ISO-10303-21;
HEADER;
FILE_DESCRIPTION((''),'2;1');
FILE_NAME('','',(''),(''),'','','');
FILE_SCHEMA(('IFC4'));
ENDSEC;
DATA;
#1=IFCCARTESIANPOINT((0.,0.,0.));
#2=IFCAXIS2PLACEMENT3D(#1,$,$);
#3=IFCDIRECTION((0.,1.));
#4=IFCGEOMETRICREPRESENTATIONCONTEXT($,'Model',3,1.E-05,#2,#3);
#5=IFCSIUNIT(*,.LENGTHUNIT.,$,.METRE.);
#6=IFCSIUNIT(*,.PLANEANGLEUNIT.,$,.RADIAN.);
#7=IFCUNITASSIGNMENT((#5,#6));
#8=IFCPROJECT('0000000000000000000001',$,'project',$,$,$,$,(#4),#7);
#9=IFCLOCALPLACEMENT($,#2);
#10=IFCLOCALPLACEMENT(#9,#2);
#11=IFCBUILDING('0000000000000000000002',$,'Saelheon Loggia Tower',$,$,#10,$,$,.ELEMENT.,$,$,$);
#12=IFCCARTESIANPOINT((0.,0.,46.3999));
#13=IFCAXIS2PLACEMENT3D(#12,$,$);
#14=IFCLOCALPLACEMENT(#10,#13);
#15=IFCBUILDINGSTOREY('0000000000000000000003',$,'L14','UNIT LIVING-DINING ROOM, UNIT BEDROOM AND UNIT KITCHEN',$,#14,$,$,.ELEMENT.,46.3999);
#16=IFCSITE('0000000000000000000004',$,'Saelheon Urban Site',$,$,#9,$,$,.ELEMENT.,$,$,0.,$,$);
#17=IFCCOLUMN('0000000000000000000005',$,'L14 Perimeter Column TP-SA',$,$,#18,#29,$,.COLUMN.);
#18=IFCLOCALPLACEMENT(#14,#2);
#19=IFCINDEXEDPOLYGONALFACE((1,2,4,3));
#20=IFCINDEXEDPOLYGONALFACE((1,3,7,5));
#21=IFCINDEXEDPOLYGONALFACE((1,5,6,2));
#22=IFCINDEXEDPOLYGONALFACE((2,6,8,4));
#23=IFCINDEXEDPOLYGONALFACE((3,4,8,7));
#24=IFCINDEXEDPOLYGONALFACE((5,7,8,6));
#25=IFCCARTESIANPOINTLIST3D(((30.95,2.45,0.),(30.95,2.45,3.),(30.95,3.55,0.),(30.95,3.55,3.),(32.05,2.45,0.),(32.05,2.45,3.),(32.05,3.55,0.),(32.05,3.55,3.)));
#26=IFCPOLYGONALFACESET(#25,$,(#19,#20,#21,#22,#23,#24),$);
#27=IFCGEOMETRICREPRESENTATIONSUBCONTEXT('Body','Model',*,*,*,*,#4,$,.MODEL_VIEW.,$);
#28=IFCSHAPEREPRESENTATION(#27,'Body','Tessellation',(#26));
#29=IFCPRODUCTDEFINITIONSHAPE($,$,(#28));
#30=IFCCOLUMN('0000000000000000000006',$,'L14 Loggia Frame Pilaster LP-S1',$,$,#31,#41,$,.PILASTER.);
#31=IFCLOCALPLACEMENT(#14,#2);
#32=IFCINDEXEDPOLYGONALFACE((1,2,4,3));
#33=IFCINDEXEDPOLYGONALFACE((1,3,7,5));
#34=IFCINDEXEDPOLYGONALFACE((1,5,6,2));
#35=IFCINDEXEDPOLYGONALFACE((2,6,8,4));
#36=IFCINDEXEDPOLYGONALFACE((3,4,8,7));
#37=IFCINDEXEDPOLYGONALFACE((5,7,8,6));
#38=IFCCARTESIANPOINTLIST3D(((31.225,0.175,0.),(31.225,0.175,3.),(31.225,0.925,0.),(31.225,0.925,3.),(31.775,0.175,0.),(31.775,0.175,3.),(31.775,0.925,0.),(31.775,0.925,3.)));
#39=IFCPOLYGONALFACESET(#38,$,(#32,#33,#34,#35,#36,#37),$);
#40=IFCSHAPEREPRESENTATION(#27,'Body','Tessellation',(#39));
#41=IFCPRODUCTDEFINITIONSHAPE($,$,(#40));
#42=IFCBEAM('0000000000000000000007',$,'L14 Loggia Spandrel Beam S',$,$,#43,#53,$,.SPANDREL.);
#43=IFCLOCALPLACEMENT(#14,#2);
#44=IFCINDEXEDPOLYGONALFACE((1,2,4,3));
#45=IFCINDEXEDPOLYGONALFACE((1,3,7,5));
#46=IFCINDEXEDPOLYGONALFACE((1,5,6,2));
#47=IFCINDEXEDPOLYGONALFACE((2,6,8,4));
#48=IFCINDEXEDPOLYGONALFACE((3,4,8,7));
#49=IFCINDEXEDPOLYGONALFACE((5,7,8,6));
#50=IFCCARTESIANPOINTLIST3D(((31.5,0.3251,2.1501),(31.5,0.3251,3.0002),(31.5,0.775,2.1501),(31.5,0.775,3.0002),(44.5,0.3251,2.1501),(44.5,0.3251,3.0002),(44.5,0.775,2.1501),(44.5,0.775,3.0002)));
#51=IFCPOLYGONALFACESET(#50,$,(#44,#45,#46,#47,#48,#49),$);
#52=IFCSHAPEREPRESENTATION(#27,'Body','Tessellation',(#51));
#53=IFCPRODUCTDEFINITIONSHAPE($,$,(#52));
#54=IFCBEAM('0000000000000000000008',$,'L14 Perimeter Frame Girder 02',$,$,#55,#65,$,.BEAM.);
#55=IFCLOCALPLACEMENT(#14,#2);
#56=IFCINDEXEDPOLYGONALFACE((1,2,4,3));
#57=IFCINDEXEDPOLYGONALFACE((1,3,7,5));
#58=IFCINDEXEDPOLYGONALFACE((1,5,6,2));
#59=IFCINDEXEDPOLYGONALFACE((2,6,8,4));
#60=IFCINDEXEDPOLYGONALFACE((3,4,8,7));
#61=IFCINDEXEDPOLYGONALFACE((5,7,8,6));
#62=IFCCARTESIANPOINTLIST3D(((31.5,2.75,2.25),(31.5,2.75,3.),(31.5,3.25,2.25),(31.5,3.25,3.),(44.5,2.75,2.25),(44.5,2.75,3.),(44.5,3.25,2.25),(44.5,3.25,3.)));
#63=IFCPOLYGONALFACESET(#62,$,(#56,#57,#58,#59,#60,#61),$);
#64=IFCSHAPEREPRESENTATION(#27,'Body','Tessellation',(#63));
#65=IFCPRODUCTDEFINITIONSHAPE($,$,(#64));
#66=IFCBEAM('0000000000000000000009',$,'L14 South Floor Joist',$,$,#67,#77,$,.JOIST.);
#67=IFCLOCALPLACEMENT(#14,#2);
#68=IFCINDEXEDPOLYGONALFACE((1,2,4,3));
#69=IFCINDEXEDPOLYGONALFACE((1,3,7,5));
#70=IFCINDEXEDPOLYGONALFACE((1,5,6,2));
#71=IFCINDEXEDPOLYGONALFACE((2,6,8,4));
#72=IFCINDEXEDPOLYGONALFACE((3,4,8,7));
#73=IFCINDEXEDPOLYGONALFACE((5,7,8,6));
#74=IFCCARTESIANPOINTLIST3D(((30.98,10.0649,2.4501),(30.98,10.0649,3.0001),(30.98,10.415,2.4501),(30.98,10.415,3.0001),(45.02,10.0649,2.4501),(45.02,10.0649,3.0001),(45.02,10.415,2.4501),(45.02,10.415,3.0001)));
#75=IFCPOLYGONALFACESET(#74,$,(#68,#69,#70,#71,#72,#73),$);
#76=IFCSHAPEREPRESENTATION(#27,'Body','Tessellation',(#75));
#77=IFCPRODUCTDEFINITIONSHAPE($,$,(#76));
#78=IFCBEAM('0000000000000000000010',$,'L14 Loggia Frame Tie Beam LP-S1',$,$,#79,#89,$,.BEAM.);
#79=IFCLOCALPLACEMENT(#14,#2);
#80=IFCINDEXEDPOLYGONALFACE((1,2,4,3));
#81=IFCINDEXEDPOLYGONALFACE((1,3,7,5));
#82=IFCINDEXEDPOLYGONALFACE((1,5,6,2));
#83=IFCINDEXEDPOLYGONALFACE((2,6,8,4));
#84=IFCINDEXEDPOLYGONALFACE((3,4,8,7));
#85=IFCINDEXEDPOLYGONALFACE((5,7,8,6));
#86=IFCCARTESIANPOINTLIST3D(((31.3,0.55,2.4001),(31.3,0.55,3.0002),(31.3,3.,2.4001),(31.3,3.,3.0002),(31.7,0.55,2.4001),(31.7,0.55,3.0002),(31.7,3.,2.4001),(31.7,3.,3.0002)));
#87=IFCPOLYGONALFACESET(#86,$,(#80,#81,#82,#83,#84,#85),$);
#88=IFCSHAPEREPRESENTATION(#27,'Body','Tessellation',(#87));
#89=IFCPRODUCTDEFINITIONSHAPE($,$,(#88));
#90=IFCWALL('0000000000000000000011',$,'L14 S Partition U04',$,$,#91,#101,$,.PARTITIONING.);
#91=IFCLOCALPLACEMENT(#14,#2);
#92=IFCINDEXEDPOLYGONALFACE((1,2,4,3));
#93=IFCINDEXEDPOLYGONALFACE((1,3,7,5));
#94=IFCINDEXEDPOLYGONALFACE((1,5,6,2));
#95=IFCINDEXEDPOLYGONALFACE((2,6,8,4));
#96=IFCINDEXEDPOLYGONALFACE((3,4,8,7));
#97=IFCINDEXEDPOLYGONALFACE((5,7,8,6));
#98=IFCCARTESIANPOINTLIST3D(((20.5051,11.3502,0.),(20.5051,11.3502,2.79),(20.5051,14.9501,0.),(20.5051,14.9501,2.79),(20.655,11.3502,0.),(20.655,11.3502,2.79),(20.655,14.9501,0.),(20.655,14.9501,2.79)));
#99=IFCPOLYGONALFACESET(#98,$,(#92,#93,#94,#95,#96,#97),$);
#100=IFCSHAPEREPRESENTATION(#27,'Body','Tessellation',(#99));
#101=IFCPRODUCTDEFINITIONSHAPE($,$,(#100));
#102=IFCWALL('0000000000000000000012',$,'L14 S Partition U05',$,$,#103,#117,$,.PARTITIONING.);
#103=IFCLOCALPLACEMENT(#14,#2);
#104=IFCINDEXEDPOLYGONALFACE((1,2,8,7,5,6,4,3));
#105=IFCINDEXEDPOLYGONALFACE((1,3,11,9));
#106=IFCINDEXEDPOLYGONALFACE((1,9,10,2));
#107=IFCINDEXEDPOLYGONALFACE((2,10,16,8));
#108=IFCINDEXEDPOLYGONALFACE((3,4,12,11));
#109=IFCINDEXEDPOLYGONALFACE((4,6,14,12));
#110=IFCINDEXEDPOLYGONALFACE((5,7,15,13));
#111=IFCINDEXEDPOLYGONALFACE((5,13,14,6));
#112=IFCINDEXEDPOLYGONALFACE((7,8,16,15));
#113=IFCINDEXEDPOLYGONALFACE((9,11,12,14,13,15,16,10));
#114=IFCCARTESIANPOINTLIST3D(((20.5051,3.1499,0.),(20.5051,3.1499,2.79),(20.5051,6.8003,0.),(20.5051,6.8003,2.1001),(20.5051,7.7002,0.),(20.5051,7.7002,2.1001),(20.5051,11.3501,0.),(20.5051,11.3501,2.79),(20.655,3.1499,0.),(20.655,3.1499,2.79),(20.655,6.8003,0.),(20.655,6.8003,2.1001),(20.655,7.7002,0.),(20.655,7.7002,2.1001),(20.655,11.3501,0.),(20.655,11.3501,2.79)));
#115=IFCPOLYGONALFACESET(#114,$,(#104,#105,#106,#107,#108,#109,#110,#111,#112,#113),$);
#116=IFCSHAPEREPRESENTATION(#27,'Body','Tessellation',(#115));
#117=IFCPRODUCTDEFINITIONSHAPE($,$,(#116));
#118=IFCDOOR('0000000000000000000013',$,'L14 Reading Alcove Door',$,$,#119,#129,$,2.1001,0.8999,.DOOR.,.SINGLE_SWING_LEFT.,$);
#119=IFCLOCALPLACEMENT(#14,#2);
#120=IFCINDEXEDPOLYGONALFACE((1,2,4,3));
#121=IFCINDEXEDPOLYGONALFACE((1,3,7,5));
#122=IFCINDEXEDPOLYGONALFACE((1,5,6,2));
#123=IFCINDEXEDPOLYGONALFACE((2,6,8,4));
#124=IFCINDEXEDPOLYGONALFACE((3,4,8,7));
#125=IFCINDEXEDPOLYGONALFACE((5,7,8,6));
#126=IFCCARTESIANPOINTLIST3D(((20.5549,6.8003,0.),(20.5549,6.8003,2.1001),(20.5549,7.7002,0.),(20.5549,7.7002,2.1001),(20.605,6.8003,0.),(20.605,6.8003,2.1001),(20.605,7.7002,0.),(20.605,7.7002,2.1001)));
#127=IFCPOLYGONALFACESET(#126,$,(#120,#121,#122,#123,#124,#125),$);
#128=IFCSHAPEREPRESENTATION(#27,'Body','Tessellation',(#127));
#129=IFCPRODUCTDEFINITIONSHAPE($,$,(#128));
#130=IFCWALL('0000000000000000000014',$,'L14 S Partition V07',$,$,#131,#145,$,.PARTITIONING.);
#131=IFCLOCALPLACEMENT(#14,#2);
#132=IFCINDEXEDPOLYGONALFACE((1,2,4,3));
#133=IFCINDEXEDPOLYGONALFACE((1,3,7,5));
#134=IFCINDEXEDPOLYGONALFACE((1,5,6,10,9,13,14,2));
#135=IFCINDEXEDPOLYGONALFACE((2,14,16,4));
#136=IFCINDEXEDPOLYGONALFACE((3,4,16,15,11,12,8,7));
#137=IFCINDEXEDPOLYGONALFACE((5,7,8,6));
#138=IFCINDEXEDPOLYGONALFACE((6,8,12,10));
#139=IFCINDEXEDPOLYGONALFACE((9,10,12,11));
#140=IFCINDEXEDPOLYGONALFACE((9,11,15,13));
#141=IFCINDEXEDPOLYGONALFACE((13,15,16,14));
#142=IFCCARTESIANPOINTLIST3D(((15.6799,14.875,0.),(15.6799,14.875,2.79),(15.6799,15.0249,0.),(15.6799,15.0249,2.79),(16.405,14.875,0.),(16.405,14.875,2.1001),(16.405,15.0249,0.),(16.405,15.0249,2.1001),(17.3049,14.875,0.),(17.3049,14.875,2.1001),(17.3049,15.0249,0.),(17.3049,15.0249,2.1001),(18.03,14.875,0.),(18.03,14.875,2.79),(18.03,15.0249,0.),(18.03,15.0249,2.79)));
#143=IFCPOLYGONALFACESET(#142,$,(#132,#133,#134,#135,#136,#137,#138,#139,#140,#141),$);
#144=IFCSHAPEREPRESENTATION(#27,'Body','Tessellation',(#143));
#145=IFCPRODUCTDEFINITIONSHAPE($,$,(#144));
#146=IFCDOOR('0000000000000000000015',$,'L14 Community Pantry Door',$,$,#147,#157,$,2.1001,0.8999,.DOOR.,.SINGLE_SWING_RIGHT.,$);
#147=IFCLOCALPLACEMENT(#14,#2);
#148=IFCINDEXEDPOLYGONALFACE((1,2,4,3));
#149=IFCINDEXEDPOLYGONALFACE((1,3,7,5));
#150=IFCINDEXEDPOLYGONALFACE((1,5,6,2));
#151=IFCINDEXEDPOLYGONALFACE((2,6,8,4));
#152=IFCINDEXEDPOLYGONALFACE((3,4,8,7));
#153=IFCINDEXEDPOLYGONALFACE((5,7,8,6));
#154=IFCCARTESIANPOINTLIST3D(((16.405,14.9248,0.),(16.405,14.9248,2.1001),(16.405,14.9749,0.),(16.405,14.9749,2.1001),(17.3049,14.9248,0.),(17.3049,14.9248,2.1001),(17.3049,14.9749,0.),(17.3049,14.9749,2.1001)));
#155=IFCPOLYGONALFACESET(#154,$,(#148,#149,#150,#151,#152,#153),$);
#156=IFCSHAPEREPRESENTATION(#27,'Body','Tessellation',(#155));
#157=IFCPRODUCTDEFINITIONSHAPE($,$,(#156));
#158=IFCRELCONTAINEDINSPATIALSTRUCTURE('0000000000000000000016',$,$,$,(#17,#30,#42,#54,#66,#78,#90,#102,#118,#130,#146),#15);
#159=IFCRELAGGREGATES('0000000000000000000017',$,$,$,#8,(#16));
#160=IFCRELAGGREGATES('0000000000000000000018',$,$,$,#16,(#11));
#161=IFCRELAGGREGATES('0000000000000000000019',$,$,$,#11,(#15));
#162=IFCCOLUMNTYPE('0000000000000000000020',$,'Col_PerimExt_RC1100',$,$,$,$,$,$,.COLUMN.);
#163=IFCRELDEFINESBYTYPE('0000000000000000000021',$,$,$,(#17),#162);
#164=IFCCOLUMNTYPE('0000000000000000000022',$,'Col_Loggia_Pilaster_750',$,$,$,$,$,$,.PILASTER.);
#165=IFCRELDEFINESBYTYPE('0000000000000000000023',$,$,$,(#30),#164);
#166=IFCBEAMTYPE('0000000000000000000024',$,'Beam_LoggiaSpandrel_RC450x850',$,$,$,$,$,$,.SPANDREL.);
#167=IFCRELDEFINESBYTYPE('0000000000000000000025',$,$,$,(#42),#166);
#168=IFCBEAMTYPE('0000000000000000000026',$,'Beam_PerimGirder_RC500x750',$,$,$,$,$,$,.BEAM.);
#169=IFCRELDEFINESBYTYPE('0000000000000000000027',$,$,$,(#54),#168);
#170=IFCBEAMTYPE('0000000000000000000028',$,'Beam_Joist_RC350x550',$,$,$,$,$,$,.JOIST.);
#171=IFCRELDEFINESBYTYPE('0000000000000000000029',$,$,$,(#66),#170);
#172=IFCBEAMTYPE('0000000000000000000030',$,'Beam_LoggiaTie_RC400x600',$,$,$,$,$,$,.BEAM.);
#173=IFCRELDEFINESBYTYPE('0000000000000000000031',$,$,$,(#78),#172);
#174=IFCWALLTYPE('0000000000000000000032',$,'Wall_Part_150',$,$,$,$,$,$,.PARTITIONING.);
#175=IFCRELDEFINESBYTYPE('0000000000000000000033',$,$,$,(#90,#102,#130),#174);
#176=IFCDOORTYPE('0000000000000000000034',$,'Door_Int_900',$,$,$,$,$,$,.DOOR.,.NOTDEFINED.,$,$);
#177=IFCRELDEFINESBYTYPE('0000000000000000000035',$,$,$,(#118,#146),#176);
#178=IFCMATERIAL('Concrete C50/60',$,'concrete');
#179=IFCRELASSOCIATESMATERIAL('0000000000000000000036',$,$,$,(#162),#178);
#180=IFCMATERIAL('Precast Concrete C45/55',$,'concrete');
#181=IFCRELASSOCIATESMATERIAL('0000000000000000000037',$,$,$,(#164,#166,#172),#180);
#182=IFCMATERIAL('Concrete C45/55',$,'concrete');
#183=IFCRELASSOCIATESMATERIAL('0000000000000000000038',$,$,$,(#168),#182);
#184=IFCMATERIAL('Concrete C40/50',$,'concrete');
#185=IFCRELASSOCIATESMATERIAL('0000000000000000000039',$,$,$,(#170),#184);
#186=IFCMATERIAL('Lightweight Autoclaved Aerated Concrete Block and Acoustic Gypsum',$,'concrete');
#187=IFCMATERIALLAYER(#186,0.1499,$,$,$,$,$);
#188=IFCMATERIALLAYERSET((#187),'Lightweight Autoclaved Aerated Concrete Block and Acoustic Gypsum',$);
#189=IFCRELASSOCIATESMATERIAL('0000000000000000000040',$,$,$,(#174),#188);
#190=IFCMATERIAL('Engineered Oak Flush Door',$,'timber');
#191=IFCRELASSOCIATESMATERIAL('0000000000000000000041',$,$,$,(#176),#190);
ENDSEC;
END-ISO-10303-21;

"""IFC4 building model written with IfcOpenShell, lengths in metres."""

from ifc_helpers import new_model, si_unit, direction, frame, frame_2d, origin, origin_2d, place, context, subcontext, project, spatial, rectangle, extrude, source, transform, mapped, material, layer, layer_set, material_profile, profile_set, type_object, element, fill, save


model = new_model("IFC4")

# Units and contexts
model_context = context("Model", 3, precision=1e-05, world=origin(), true_north=direction((0.0, 1.0)))
body_context = subcontext(model_context, "Body", "Model", "MODEL_VIEW")
ifc_project = project(units=[si_unit("LENGTHUNIT", "METRE"), si_unit("PLANEANGLEUNIT", "RADIAN")], contexts=[model_context])

# Site, building, storey
site_placement = place(None, origin())
site = spatial("IfcSite", under=ifc_project, at=site_placement, Name="Saelheon Urban Site", CompositionType="ELEMENT", RefElevation=0.0)
building_placement = place(site_placement, origin())
building = spatial("IfcBuilding", under=site, at=building_placement, Name="Saelheon Loggia Tower", CompositionType="ELEMENT")
storey_placement = place(building_placement, frame((0.0, 0.0, 46.3999)))
storey = spatial("IfcBuildingStorey", under=building, at=storey_placement, Name="L14", Description="UNIT LIVING-DINING ROOM, UNIT BEDROOM AND UNIT KITCHEN", CompositionType="ELEMENT", Elevation=46.3999)

# Columns
ifc_material_1 = material(Name="Concrete C50/60", Category="concrete")
ifc_material_profile_1 = material_profile(ifc_material_1, rectangle(XDim=1.1001, YDim=1.1001, at=origin_2d()), Name="RC-1100x1100")
ifc_profile_set_1 = profile_set([ifc_material_profile_1], Name="Concrete C50/60")
column_type_1 = type_object("IfcColumnType", Name="Col_PerimExt_RC1100", PredefinedType="COLUMN", material=ifc_profile_set_1)
shared_shape_1 = source(origin(), body_context, "Body", "SweptSolid", [
    extrude(rectangle(XDim=1.1001, YDim=1.1001, at=origin_2d()), origin(), (0.0, 0.0, 1.0), 3.0),
])
column_1_placement = place(storey_placement, frame((31.5, 3.0, 0.0), z_axis=(0.0, 0.0, 1.0), x_axis=(1.0, 0.0, 0.0)))
element("IfcColumn", 1, at=column_1_placement, inside=storey, type_object=column_type_1, Name="L14 Perimeter Column TP-SA", PredefinedType="COLUMN", context=body_context, shape_type="MappedRepresentation", body=[
    mapped(shared_shape_1, transform((0.0, 0.0, 0.0), scale=1.0)),
])
ifc_material_2 = material(Name="Precast Concrete C45/55", Category="concrete")
ifc_material_profile_2 = material_profile(ifc_material_2, rectangle(XDim=0.55, YDim=0.75, at=origin_2d()), Name="RC-550x750")
ifc_profile_set_2 = profile_set([ifc_material_profile_2], Name="Precast Concrete C45/55")
column_type_2 = type_object("IfcColumnType", Name="Col_Loggia_Pilaster_750", PredefinedType="PILASTER", material=ifc_profile_set_2)
shared_shape_2 = source(origin(), body_context, "Body", "SweptSolid", [
    extrude(rectangle(XDim=0.55, YDim=0.75, at=origin_2d()), origin(), (0.0, 0.0, 1.0), 3.0),
])
column_2_placement = place(storey_placement, frame((31.5, 0.55, 0.0), z_axis=(0.0, 0.0, 1.0), x_axis=(1.0, 0.0, 0.0)))
element("IfcColumn", 2, at=column_2_placement, inside=storey, type_object=column_type_2, Name="L14 Loggia Frame Pilaster LP-S1", PredefinedType="PILASTER", context=body_context, shape_type="MappedRepresentation", body=[
    mapped(shared_shape_2, transform((0.0, 0.0, 0.0), scale=1.0)),
])

# Beams
ifc_material_profile_3 = material_profile(ifc_material_2, rectangle(XDim=0.45, YDim=0.8501, at=origin_2d()), Name="RC-450x850")
ifc_profile_set_3 = profile_set([ifc_material_profile_3], Name="Precast Concrete C45/55")
beam_type_1 = type_object("IfcBeamType", Name="Beam_LoggiaSpandrel_RC450x850", PredefinedType="SPANDREL", material=ifc_profile_set_3)
shared_shape_3 = source(origin(), body_context, "Body", "SweptSolid", [
    extrude(rectangle(XDim=0.45, YDim=0.8501, at=origin_2d()), origin(), (0.0, 0.0, 1.0), 13.0),
])
beam_1_placement = place(storey_placement, frame((31.5, 0.55, 2.5752), z_axis=(1.0, 0.0, 0.0), x_axis=(0.0, 1.0, 0.0)))
element("IfcBeam", 3, at=beam_1_placement, inside=storey, type_object=beam_type_1, Name="L14 Loggia Spandrel Beam S", PredefinedType="SPANDREL", context=body_context, shape_type="MappedRepresentation", body=[
    mapped(shared_shape_3, transform((0.0, 0.0, 0.0), scale=1.0)),
])
ifc_material_3 = material(Name="Concrete C45/55", Category="concrete")
ifc_material_profile_4 = material_profile(ifc_material_3, rectangle(XDim=0.5, YDim=0.75, at=origin_2d()), Name="RC-500x750")
ifc_profile_set_4 = profile_set([ifc_material_profile_4], Name="Concrete C45/55")
beam_type_2 = type_object("IfcBeamType", Name="Beam_PerimGirder_RC500x750", PredefinedType="BEAM", material=ifc_profile_set_4)
shared_shape_4 = source(origin(), body_context, "Body", "SweptSolid", [
    extrude(rectangle(XDim=0.5, YDim=0.75, at=origin_2d()), origin(), (0.0, 0.0, 1.0), 13.0),
])
beam_2_placement = place(storey_placement, frame((31.5, 3.0, 2.625), z_axis=(1.0, 0.0, 0.0), x_axis=(0.0, 1.0, 0.0)))
element("IfcBeam", 4, at=beam_2_placement, inside=storey, type_object=beam_type_2, Name="L14 Perimeter Frame Girder 02", PredefinedType="BEAM", context=body_context, shape_type="MappedRepresentation", body=[
    mapped(shared_shape_4, transform((0.0, 0.0, 0.0), scale=1.0)),
])
ifc_material_4 = material(Name="Concrete C40/50", Category="concrete")
ifc_material_profile_5 = material_profile(ifc_material_4, rectangle(XDim=0.3501, YDim=0.55, at=origin_2d()), Name="RC-350x550")
ifc_profile_set_5 = profile_set([ifc_material_profile_5], Name="Concrete C40/50")
beam_type_3 = type_object("IfcBeamType", Name="Beam_Joist_RC350x550", PredefinedType="JOIST", material=ifc_profile_set_5)
shared_shape_5 = source(origin(), body_context, "Body", "SweptSolid", [
    extrude(rectangle(XDim=0.3501, YDim=0.55, at=origin_2d()), origin(), (0.0, 0.0, 1.0), 14.04),
])
beam_3_placement = place(storey_placement, frame((30.98, 10.24, 2.7251), z_axis=(1.0, 0.0, 0.0), x_axis=(0.0, 1.0, 0.0)))
element("IfcBeam", 5, at=beam_3_placement, inside=storey, type_object=beam_type_3, Name="L14 South Floor Joist", PredefinedType="JOIST", context=body_context, shape_type="MappedRepresentation", body=[
    mapped(shared_shape_5, transform((0.0, 0.0, 0.0), scale=1.0)),
])
ifc_material_profile_6 = material_profile(ifc_material_2, rectangle(XDim=0.3999, YDim=0.6001, at=origin_2d()), Name="RC-400x600")
ifc_profile_set_6 = profile_set([ifc_material_profile_6], Name="Precast Concrete C45/55")
beam_type_4 = type_object("IfcBeamType", Name="Beam_LoggiaTie_RC400x600", PredefinedType="BEAM", material=ifc_profile_set_6)
shared_shape_6 = source(origin(), body_context, "Body", "SweptSolid", [
    extrude(rectangle(XDim=0.3999, YDim=0.6001, at=origin_2d()), origin(), (0.0, 0.0, 1.0), 2.45),
])
beam_4_placement = place(storey_placement, frame((31.5, 3.0, 2.7002), z_axis=(0.0, -1.0, 0.0), x_axis=(1.0, 0.0, 0.0)))
element("IfcBeam", 6, at=beam_4_placement, inside=storey, type_object=beam_type_4, Name="L14 Loggia Frame Tie Beam LP-S1", PredefinedType="BEAM", context=body_context, shape_type="MappedRepresentation", body=[
    mapped(shared_shape_6, transform((0.0, 0.0, 0.0), scale=1.0)),
])

# Wall
ifc_material_5 = material(Name="Lightweight Autoclaved Aerated Concrete Block and Acoustic Gypsum", Category="concrete")
ifc_layer_1 = layer(ifc_material_5, 0.1499)
ifc_layer_set_1 = layer_set([ifc_layer_1], Name="Lightweight Autoclaved Aerated Concrete Block and Acoustic Gypsum")
wall_type_1 = type_object("IfcWallType", Name="Wall_Part_150", PredefinedType="PARTITIONING", material=ifc_layer_set_1)
wall_1_placement = place(storey_placement, frame((20.5801, 14.95, 0.0), z_axis=(0.0, 0.0, 1.0), x_axis=(0.0, -1.0, 0.0)))
element("IfcWall", 7, at=wall_1_placement, inside=storey, type_object=wall_type_1, Name="L14 S Partition U04", PredefinedType="PARTITIONING", context=body_context, shape_type="SweptSolid", body=[
    extrude(rectangle(XDim=3.5999, YDim=0.1499, at=frame_2d((1.7998, 0.0))), origin(), (0.0, 0.0, 1.0), 2.79),
])

# Walls, openings, doors
wall_2_placement = place(storey_placement, frame((20.5801, 11.3501, 0.0), z_axis=(0.0, 0.0, 1.0), x_axis=(0.0, -1.0, 0.0)))
wall_2 = element("IfcWall", 8, at=wall_2_placement, inside=storey, type_object=wall_type_1, Name="L14 S Partition U05", PredefinedType="PARTITIONING", context=body_context, shape_type="SweptSolid", body=[
    extrude(rectangle(XDim=8.2002, YDim=0.1499, at=frame_2d((4.1001, 0.0))), origin(), (0.0, 0.0, 1.0), 2.79),
])
opening_1_placement = place(wall_2_placement, frame((3.6499, 0.0, 0.0)))
opening_1 = element("IfcOpeningElement", 9, at=opening_1_placement, cuts=wall_2, PredefinedType="OPENING", context=body_context, shape_type="SweptSolid", body=[
    extrude(rectangle(XDim=0.8999, YDim=2.1001, at=frame_2d((0.45, 1.05))), frame((0.0, 0.0869, 0.0), z_axis=(0.0, -1.0, 0.0), x_axis=(1.0, 0.0, 0.0)), (0.0, 0.0, 1.0), 0.1738),
])
ifc_material_6 = material(Name="Engineered Oak Flush Door", Category="timber")
door_type_1 = type_object("IfcDoorType", Name="Door_Int_900", OperationType="NOTDEFINED", PredefinedType="DOOR", material=ifc_material_6)
shared_shape_7 = source(origin(), body_context, "Body", "SweptSolid", [
    extrude(rectangle(XDim=0.8999, YDim=2.1001, at=frame_2d((0.45, 1.05))), frame((0.0, 0.0249, 0.0), z_axis=(0.0, -1.0, 0.0), x_axis=(1.0, 0.0, 0.0)), (0.0, 0.0, 1.0), 0.05),
])
door_1_placement = place(opening_1_placement, origin())
door_1 = element("IfcDoor", 10, at=door_1_placement, inside=storey, type_object=door_type_1, Name="L14 Reading Alcove Door", OperationType="SINGLE_SWING_LEFT", OverallHeight=2.1001, OverallWidth=0.8999, PredefinedType="DOOR", context=body_context, shape_type="MappedRepresentation", body=[
    mapped(shared_shape_7, transform((0.0, 0.0, 0.0), scale=1.0)),
])
fill(opening_1, door_1)
wall_3_placement = place(storey_placement, frame((15.6799, 14.95, 0.0), z_axis=(0.0, 0.0, 1.0), x_axis=(1.0, 0.0, 0.0)))
wall_3 = element("IfcWall", 11, at=wall_3_placement, inside=storey, type_object=wall_type_1, Name="L14 S Partition V07", PredefinedType="PARTITIONING", context=body_context, shape_type="SweptSolid", body=[
    extrude(rectangle(XDim=2.3501, YDim=0.1499, at=frame_2d((1.175, 0.0))), origin(), (0.0, 0.0, 1.0), 2.79),
])
opening_2_placement = place(wall_3_placement, frame((0.7251, 0.0, 0.0)))
opening_2 = element("IfcOpeningElement", 12, at=opening_2_placement, cuts=wall_3, PredefinedType="OPENING", context=body_context, shape_type="SweptSolid", body=[
    extrude(rectangle(XDim=0.8999, YDim=2.1001, at=frame_2d((0.45, 1.05))), frame((0.0, 0.0869, 0.0), z_axis=(0.0, -1.0, 0.0), x_axis=(1.0, 0.0, 0.0)), (0.0, 0.0, 1.0), 0.1738),
])
door_2_placement = place(opening_2_placement, origin())
door_2 = element("IfcDoor", 13, at=door_2_placement, inside=storey, type_object=door_type_1, Name="L14 Community Pantry Door", OperationType="SINGLE_SWING_RIGHT", OverallHeight=2.1001, OverallWidth=0.8999, PredefinedType="DOOR", context=body_context, shape_type="MappedRepresentation", body=[
    mapped(shared_shape_7, transform((0.0, 0.0, 0.0), scale=1.0)),
])
fill(opening_2, door_2)

save(model, "model.ifc")
